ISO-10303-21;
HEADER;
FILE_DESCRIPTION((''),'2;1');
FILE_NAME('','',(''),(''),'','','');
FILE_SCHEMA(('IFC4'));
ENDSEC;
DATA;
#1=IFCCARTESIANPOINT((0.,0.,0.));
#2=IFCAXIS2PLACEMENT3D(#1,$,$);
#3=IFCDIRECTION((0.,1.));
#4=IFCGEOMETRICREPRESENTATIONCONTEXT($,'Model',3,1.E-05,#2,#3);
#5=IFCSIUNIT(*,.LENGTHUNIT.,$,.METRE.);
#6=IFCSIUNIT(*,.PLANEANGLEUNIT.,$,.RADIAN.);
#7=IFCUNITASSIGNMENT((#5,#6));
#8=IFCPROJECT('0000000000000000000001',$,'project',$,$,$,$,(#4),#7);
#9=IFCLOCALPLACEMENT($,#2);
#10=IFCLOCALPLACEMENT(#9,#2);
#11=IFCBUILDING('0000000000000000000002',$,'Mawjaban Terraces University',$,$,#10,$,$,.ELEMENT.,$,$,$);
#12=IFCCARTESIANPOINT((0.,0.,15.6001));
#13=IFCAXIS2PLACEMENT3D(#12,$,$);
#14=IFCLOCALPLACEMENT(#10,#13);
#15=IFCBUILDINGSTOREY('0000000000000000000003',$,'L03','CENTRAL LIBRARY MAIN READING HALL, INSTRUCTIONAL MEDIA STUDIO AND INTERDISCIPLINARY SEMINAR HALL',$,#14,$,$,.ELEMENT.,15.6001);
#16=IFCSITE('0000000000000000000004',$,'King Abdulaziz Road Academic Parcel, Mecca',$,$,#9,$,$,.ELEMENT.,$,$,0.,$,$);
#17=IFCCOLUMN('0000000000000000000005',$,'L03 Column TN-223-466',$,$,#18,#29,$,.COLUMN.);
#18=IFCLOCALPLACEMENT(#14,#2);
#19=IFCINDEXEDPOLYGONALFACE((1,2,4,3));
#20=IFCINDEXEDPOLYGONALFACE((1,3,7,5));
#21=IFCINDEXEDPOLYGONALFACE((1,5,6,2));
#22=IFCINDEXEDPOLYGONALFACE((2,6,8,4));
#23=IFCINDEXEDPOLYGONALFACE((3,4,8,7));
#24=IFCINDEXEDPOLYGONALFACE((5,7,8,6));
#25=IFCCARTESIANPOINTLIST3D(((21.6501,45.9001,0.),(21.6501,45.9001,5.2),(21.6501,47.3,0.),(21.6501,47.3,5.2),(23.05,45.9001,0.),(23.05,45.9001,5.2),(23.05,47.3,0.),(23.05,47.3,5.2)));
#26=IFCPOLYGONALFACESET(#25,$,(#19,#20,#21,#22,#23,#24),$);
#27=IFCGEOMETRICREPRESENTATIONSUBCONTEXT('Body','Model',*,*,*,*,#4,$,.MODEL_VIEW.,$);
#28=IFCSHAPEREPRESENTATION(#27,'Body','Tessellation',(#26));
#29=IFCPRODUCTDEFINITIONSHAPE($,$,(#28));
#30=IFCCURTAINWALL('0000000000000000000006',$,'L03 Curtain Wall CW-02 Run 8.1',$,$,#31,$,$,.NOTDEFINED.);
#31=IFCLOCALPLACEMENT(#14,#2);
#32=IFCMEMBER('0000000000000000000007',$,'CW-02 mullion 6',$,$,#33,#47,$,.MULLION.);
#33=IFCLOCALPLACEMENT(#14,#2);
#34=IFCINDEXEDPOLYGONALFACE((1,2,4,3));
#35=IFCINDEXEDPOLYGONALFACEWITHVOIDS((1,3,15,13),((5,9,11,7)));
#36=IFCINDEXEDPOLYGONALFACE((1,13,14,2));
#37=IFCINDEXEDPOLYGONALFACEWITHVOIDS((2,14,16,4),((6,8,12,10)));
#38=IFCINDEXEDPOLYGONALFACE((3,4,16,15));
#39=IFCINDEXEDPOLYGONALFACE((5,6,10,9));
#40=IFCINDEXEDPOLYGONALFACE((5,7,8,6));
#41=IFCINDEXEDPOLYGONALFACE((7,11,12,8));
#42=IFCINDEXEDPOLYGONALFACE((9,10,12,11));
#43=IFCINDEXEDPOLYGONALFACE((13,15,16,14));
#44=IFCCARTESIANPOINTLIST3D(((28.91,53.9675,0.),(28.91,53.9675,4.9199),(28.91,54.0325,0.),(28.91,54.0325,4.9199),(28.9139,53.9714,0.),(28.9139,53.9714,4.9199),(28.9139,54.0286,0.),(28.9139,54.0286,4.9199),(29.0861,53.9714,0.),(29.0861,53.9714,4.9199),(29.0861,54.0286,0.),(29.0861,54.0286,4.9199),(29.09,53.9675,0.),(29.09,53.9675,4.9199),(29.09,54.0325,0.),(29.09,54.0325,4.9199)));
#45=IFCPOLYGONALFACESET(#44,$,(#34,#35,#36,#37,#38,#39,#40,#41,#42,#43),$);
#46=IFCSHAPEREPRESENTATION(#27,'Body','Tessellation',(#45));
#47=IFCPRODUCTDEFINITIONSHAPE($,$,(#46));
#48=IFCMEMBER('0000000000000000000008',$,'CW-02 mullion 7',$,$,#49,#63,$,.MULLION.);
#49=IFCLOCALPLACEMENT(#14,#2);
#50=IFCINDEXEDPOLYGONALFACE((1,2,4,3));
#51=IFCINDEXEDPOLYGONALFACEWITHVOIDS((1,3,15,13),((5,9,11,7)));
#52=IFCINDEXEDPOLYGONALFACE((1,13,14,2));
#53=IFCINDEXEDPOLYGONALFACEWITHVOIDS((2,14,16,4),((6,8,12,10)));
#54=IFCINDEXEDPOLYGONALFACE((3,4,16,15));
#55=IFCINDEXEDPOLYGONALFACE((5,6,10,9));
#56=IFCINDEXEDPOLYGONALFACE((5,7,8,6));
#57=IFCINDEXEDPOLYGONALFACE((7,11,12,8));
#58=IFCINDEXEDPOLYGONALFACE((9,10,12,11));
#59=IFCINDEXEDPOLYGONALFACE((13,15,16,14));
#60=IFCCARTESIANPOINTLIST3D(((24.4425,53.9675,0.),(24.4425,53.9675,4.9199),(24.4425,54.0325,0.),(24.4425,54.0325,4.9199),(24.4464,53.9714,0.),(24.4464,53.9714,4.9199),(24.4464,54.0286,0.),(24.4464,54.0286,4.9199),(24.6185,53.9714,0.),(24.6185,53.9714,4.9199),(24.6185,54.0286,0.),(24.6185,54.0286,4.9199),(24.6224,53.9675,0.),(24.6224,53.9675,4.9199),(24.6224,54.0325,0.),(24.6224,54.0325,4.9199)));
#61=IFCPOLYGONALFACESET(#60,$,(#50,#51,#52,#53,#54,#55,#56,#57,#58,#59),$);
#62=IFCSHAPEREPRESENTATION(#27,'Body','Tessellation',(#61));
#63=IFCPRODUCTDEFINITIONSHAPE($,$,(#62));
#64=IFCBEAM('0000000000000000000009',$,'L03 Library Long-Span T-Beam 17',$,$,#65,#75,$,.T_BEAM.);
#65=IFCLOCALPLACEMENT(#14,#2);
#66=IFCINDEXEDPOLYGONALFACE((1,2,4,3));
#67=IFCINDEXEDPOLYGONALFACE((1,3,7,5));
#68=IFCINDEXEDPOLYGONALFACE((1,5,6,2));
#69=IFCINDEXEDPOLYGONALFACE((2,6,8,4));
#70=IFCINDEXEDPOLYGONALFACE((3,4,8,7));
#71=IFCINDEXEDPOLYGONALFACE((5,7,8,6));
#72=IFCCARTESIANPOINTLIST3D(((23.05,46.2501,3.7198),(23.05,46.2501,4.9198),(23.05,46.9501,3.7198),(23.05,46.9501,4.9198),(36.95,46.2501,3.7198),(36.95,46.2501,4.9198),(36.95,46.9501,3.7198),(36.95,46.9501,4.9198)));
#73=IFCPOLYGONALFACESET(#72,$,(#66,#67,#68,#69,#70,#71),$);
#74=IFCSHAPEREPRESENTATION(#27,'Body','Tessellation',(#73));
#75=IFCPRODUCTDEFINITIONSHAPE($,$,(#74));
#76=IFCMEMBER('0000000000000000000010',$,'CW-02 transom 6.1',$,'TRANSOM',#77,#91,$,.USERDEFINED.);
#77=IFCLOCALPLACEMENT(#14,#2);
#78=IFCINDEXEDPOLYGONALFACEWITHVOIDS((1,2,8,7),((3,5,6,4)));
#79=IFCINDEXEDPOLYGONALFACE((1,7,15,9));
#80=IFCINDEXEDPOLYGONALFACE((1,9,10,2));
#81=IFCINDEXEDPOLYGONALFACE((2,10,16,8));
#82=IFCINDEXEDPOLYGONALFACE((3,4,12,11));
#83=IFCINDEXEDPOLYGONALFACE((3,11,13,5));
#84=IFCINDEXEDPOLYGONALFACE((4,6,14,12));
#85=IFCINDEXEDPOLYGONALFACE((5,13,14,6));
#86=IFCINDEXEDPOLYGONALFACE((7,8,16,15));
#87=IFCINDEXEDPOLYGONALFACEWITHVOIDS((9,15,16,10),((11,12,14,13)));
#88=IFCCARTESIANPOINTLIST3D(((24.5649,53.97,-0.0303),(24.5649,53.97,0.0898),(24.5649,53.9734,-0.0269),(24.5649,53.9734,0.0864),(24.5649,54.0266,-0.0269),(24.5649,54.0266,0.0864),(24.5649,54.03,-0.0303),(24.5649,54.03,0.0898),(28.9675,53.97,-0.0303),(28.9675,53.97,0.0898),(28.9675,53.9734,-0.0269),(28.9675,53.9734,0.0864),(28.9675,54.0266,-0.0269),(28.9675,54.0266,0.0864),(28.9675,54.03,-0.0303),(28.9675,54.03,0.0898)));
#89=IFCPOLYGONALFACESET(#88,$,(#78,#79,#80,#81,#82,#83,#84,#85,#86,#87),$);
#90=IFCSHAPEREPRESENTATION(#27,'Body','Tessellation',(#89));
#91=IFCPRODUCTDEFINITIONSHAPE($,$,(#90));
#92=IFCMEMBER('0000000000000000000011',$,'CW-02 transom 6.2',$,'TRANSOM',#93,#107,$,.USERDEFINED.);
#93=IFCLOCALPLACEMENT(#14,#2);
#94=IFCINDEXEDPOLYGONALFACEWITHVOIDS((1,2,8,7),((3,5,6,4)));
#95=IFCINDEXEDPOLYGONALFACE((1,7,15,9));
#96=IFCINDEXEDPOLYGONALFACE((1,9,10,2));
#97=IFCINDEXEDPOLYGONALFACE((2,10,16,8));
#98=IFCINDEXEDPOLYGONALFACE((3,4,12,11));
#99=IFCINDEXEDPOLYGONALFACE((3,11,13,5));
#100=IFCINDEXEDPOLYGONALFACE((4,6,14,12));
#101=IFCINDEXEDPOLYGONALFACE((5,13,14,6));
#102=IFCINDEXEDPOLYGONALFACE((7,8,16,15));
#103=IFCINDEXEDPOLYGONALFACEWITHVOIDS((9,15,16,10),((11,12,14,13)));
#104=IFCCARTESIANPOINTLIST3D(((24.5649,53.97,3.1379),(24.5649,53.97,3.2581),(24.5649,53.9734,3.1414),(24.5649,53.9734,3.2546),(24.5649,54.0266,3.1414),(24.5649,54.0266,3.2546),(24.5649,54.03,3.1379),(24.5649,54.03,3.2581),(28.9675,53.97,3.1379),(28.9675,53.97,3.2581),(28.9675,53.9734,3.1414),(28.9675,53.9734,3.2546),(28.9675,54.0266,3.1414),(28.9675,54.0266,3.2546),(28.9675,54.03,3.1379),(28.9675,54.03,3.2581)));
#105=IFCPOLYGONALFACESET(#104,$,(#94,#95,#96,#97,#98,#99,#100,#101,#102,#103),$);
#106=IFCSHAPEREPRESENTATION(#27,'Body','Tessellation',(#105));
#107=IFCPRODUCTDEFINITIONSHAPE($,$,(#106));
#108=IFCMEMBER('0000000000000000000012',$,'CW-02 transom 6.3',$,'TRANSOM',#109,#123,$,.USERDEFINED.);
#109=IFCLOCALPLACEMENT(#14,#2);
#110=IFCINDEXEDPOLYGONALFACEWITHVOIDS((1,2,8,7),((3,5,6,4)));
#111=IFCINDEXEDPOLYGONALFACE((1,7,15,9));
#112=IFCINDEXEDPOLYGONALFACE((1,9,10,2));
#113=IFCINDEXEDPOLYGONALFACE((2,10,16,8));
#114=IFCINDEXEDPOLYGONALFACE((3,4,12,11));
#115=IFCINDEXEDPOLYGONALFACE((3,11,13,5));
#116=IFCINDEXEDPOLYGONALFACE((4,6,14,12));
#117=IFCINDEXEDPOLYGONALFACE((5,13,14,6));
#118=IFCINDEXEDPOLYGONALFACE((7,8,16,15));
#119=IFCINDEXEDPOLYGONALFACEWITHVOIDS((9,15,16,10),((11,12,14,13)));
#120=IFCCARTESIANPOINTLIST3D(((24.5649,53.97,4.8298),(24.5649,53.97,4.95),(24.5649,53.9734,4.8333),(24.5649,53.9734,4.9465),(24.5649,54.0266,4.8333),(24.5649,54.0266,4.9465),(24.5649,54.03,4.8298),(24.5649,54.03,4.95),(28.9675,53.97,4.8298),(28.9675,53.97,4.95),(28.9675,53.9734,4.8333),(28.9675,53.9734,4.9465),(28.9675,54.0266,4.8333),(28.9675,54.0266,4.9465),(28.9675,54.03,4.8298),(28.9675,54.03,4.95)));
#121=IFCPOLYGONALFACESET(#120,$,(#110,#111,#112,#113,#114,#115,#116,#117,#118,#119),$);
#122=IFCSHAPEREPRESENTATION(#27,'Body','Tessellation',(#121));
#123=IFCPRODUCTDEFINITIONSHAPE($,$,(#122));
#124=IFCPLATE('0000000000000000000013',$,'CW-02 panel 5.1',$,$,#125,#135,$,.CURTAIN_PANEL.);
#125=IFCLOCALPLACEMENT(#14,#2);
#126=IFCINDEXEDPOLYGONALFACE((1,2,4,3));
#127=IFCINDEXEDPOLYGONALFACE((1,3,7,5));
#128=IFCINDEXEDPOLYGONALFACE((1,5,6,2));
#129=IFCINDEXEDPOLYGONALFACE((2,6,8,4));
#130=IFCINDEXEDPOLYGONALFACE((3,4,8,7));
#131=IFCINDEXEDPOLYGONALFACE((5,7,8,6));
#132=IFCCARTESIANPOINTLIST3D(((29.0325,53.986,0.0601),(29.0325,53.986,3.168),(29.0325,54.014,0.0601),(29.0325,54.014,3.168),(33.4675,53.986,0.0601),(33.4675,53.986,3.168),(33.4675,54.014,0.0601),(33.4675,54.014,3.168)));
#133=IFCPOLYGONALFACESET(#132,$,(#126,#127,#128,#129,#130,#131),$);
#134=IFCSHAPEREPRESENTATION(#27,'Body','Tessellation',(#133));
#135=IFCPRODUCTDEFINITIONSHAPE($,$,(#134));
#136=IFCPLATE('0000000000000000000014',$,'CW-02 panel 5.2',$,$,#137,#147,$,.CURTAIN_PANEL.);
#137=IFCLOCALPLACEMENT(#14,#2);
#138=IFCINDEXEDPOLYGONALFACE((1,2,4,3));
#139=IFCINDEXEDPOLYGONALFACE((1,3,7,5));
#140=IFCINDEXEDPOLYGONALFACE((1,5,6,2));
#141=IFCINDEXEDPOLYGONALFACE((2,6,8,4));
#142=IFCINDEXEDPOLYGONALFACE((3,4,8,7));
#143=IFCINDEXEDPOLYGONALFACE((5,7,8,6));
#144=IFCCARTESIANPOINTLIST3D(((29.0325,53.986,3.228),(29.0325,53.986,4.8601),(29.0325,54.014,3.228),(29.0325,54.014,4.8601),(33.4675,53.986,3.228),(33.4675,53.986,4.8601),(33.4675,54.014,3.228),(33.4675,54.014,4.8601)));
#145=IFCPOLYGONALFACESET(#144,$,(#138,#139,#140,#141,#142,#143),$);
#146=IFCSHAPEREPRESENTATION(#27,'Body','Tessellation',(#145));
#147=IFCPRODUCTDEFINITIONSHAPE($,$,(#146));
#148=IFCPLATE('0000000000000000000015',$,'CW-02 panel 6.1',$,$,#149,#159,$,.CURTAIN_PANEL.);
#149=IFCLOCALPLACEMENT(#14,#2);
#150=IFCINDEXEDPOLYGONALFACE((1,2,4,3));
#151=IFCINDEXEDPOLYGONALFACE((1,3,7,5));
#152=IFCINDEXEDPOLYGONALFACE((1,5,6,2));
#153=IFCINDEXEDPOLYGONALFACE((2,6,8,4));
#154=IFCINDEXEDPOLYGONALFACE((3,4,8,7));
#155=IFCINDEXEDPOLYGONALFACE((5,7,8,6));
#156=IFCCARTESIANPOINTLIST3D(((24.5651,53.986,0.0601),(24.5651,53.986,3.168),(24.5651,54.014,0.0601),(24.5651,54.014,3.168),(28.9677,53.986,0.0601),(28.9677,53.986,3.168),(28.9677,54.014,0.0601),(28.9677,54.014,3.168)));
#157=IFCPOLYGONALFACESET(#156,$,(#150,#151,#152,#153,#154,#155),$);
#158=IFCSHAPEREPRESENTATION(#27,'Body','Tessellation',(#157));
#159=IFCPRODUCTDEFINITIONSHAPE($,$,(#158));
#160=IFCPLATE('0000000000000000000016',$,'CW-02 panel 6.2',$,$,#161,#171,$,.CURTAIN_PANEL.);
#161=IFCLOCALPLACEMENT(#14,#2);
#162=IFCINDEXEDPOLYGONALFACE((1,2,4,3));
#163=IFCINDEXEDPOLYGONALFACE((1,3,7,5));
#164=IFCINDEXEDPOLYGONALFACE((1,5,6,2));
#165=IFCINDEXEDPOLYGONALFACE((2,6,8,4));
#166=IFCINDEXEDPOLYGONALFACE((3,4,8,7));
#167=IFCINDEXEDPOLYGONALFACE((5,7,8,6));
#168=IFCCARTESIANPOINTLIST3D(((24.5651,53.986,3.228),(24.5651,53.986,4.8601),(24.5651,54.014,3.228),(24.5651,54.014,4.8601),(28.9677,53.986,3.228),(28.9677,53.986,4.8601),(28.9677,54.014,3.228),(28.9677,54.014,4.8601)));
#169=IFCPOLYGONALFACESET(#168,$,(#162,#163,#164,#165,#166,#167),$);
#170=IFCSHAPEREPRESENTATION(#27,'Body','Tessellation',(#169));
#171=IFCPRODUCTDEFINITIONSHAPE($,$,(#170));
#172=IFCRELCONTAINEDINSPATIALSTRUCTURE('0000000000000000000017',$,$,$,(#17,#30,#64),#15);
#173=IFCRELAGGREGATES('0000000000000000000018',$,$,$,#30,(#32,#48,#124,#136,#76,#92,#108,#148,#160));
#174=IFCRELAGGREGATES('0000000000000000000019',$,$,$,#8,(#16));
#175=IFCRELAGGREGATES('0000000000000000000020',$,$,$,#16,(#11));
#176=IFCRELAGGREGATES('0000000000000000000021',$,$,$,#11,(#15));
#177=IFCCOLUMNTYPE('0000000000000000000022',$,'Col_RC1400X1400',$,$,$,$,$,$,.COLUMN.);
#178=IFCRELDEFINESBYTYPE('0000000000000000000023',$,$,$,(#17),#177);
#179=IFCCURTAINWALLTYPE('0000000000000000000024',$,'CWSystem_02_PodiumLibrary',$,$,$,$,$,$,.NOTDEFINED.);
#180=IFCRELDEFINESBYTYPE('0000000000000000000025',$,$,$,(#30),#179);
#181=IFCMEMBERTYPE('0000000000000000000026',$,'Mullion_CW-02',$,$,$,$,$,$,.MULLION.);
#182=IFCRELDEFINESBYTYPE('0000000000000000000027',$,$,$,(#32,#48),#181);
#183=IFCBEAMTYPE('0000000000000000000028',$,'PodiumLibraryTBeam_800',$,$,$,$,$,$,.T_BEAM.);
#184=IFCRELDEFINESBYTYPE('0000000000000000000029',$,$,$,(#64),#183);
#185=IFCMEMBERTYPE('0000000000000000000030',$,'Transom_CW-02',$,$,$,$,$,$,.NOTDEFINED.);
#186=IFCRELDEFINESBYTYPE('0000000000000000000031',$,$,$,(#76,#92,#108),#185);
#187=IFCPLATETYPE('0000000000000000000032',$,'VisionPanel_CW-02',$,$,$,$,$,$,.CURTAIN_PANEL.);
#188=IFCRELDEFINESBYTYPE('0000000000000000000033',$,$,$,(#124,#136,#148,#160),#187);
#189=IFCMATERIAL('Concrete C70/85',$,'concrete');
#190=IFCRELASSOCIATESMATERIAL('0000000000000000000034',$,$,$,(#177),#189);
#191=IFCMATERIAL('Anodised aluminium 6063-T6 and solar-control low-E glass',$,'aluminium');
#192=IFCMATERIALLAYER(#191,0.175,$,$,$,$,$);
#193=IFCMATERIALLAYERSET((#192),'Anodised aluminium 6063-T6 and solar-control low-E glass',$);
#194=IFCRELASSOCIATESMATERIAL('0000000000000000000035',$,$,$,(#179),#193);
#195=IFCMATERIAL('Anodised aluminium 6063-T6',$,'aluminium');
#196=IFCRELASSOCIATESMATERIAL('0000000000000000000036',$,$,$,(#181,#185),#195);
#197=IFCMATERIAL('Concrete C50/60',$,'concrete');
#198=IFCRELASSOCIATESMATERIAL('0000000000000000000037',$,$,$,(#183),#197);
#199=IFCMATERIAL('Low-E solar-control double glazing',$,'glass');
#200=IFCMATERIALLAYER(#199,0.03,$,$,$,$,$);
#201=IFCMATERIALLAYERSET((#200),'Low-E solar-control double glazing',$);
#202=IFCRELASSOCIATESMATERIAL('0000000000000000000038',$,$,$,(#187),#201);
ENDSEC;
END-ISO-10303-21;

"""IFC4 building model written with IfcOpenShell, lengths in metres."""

from ifc_helpers import new_model, si_unit, direction, frame, origin, origin_2d, place, context, subcontext, project, spatial, rectangle, hollow_rectangle, extrude, material, layer, layer_set, material_profile, profile_set, type_object, element, aggregate, save


model = new_model("IFC4")

# Units and contexts
model_context = context("Model", 3, precision=1e-05, world=origin(), true_north=direction((0.0, 1.0)))
body_context = subcontext(model_context, "Body", "Model", "MODEL_VIEW")
ifc_project = project(units=[si_unit("LENGTHUNIT", "METRE"), si_unit("PLANEANGLEUNIT", "RADIAN")], contexts=[model_context])

# Site, building, storey
site_placement = place(None, origin())
site = spatial("IfcSite", under=ifc_project, at=site_placement, Name="King Abdulaziz Road Academic Parcel, Mecca", CompositionType="ELEMENT", RefElevation=0.0)
building_placement = place(site_placement, origin())
building = spatial("IfcBuilding", under=site, at=building_placement, Name="Mawjaban Terraces University", CompositionType="ELEMENT")
storey_placement = place(building_placement, frame((0.0, 0.0, 15.6001)))
storey = spatial("IfcBuildingStorey", under=building, at=storey_placement, Name="L03", Description="CENTRAL LIBRARY MAIN READING HALL, INSTRUCTIONAL MEDIA STUDIO AND INTERDISCIPLINARY SEMINAR HALL", CompositionType="ELEMENT", Elevation=15.6001)

# Column
ifc_material_1 = material(Name="Concrete C70/85", Category="concrete")
ifc_material_profile_1 = material_profile(ifc_material_1, rectangle(XDim=1.3999, YDim=1.3999, at=origin_2d()), Name="RC1400X1400")
ifc_profile_set_1 = profile_set([ifc_material_profile_1], Name="Concrete C70/85")
column_type = type_object("IfcColumnType", Name="Col_RC1400X1400", PredefinedType="COLUMN", material=ifc_profile_set_1)
column_placement = place(storey_placement, frame((22.3501, 46.6001, 0.0), z_axis=(0.0, 0.0, 1.0), x_axis=(1.0, 0.0, 0.0)))
element("IfcColumn", 1, at=column_placement, inside=storey, type_object=column_type, Name="L03 Column TN-223-466", PredefinedType="COLUMN", context=body_context, shape_type="SweptSolid", body=[
    extrude(rectangle(XDim=1.3999, YDim=1.3999, at=origin_2d()), origin(), (0.0, 0.0, 1.0), 5.2),
])

# Curtain wall, members
ifc_material_2 = material(Name="Anodised aluminium 6063-T6 and solar-control low-E glass", Category="aluminium")
ifc_layer_1 = layer(ifc_material_2, 0.175)
ifc_layer_set_1 = layer_set([ifc_layer_1], Name="Anodised aluminium 6063-T6 and solar-control low-E glass")
curtain_wall_type = type_object("IfcCurtainWallType", Name="CWSystem_02_PodiumLibrary", PredefinedType="NOTDEFINED", material=ifc_layer_set_1)
curtain_wall_placement = place(storey_placement, origin())
curtain_wall = element("IfcCurtainWall", 2, at=curtain_wall_placement, inside=storey, type_object=curtain_wall_type, Name="L03 Curtain Wall CW-02 Run 8.1", PredefinedType="NOTDEFINED")
ifc_material_3 = material(Name="Anodised aluminium 6063-T6", Category="aluminium")
ifc_material_profile_2 = material_profile(ifc_material_3, hollow_rectangle(XDim=0.0649, YDim=0.1799, WallThickness=0.0039, at=origin_2d()), Name="ALU180X65X4")
ifc_profile_set_2 = profile_set([ifc_material_profile_2], Name="Anodised aluminium 6063-T6")
member_type_1 = type_object("IfcMemberType", Name="Mullion_CW-02", PredefinedType="MULLION", material=ifc_profile_set_2)
member_1_placement = place(storey_placement, frame((29.0, 54.0, 0.0), z_axis=(0.0, 0.0, 1.0), x_axis=(0.0, -1.0, 0.0)))
member_1 = element("IfcMember", 3, at=member_1_placement, type_object=member_type_1, Name="CW-02 mullion 6", PredefinedType="MULLION", context=body_context, shape_type="SweptSolid", body=[
    extrude(hollow_rectangle(XDim=0.0649, YDim=0.1799, WallThickness=0.0039, at=origin_2d()), origin(), (0.0, 0.0, 1.0), 4.9199),
])
member_2_placement = place(storey_placement, frame((24.5325, 54.0, 0.0), z_axis=(0.0, 0.0, 1.0), x_axis=(0.0, -1.0, 0.0)))
member_2 = element("IfcMember", 4, at=member_2_placement, type_object=member_type_1, Name="CW-02 mullion 7", PredefinedType="MULLION", context=body_context, shape_type="SweptSolid", body=[
    extrude(hollow_rectangle(XDim=0.0649, YDim=0.1799, WallThickness=0.0039, at=origin_2d()), origin(), (0.0, 0.0, 1.0), 4.9199),
])

# Beam
ifc_material_4 = material(Name="Concrete C50/60", Category="concrete")
ifc_material_profile_3 = material_profile(ifc_material_4, rectangle(XDim=0.7, YDim=1.2, at=origin_2d()), Name="RC1200X700")
ifc_profile_set_3 = profile_set([ifc_material_profile_3], Name="Concrete C50/60")
beam_type = type_object("IfcBeamType", Name="PodiumLibraryTBeam_800", PredefinedType="T_BEAM", material=ifc_profile_set_3)
beam_placement = place(storey_placement, frame((23.05, 46.6001, 4.3198), z_axis=(1.0, 0.0, 0.0), x_axis=(0.0, 1.0, 0.0)))
element("IfcBeam", 5, at=beam_placement, inside=storey, type_object=beam_type, Name="L03 Library Long-Span T-Beam 17", PredefinedType="T_BEAM", context=body_context, shape_type="SweptSolid", body=[
    extrude(rectangle(XDim=0.7, YDim=1.2, at=origin_2d()), origin(), (0.0, 0.0, 1.0), 13.8999),
])

# Members
ifc_material_profile_4 = material_profile(ifc_material_3, hollow_rectangle(XDim=0.0601, YDim=0.1201, WallThickness=0.0034, at=origin_2d()), Name="ALU120X60X3.5")
ifc_profile_set_4 = profile_set([ifc_material_profile_4], Name="Anodised aluminium 6063-T6")
member_type_2 = type_object("IfcMemberType", Name="Transom_CW-02", PredefinedType="NOTDEFINED", material=ifc_profile_set_4)
member_3_placement = place(storey_placement, frame((28.9675, 54.0, 0.0298), z_axis=(-1.0, 0.0, 0.0), x_axis=(0.0, -1.0, 0.0)))
member_3 = element("IfcMember", 6, at=member_3_placement, type_object=member_type_2, Name="CW-02 transom 6.1", ObjectType="TRANSOM", PredefinedType="USERDEFINED", context=body_context, shape_type="SweptSolid", body=[
    extrude(hollow_rectangle(XDim=0.0601, YDim=0.1201, WallThickness=0.0034, at=origin_2d()), origin(), (0.0, 0.0, 1.0), 4.4026),
])
member_4_placement = place(storey_placement, frame((28.9675, 54.0, 3.198), z_axis=(-1.0, 0.0, 0.0), x_axis=(0.0, -1.0, 0.0)))
member_4 = element("IfcMember", 7, at=member_4_placement, type_object=member_type_2, Name="CW-02 transom 6.2", ObjectType="TRANSOM", PredefinedType="USERDEFINED", context=body_context, shape_type="SweptSolid", body=[
    extrude(hollow_rectangle(XDim=0.0601, YDim=0.1201, WallThickness=0.0034, at=origin_2d()), origin(), (0.0, 0.0, 1.0), 4.4026),
])
member_5_placement = place(storey_placement, frame((28.9675, 54.0, 4.8899), z_axis=(-1.0, 0.0, 0.0), x_axis=(0.0, -1.0, 0.0)))
member_5 = element("IfcMember", 8, at=member_5_placement, type_object=member_type_2, Name="CW-02 transom 6.3", ObjectType="TRANSOM", PredefinedType="USERDEFINED", context=body_context, shape_type="SweptSolid", body=[
    extrude(hollow_rectangle(XDim=0.0601, YDim=0.1201, WallThickness=0.0034, at=origin_2d()), origin(), (0.0, 0.0, 1.0), 4.4026),
])

# Plates
ifc_material_5 = material(Name="Low-E solar-control double glazing", Category="glass")
ifc_layer_2 = layer(ifc_material_5, 0.03)
ifc_layer_set_2 = layer_set([ifc_layer_2], Name="Low-E solar-control double glazing")
plate_type = type_object("IfcPlateType", Name="VisionPanel_CW-02", PredefinedType="CURTAIN_PANEL", material=ifc_layer_set_2)
plate_1_placement = place(storey_placement, frame((31.25, 54.0, 0.0601), z_axis=(0.0, 0.0, 1.0), x_axis=(-1.0, 0.0, 0.0)))
plate_1 = element("IfcPlate", 9, at=plate_1_placement, type_object=plate_type, Name="CW-02 panel 5.1", PredefinedType="CURTAIN_PANEL", context=body_context, shape_type="SweptSolid", body=[
    extrude(rectangle(XDim=4.4351, YDim=0.0281, at=origin_2d()), origin(), (0.0, 0.0, 1.0), 3.1079),
])
plate_2_placement = place(storey_placement, frame((31.25, 54.0, 3.228), z_axis=(0.0, 0.0, 1.0), x_axis=(-1.0, 0.0, 0.0)))
plate_2 = element("IfcPlate", 10, at=plate_2_placement, type_object=plate_type, Name="CW-02 panel 5.2", PredefinedType="CURTAIN_PANEL", context=body_context, shape_type="SweptSolid", body=[
    extrude(rectangle(XDim=4.4351, YDim=0.0281, at=origin_2d()), origin(), (0.0, 0.0, 1.0), 1.6321),
])
plate_3_placement = place(storey_placement, frame((26.7664, 54.0, 0.0601), z_axis=(0.0, 0.0, 1.0), x_axis=(-1.0, 0.0, 0.0)))
plate_3 = element("IfcPlate", 11, at=plate_3_placement, type_object=plate_type, Name="CW-02 panel 6.1", PredefinedType="CURTAIN_PANEL", context=body_context, shape_type="SweptSolid", body=[
    extrude(rectangle(XDim=4.4026, YDim=0.0281, at=origin_2d()), origin(), (0.0, 0.0, 1.0), 3.1079),
])
plate_4_placement = place(storey_placement, frame((26.7664, 54.0, 3.228), z_axis=(0.0, 0.0, 1.0), x_axis=(-1.0, 0.0, 0.0)))
plate_4 = element("IfcPlate", 12, at=plate_4_placement, type_object=plate_type, Name="CW-02 panel 6.2", PredefinedType="CURTAIN_PANEL", context=body_context, shape_type="SweptSolid", body=[
    extrude(rectangle(XDim=4.4026, YDim=0.0281, at=origin_2d()), origin(), (0.0, 0.0, 1.0), 1.6321),
])
aggregate(curtain_wall, [member_1, member_2, plate_1, plate_2, member_3, member_4, member_5, plate_3, plate_4])

save(model, "model.ifc")
